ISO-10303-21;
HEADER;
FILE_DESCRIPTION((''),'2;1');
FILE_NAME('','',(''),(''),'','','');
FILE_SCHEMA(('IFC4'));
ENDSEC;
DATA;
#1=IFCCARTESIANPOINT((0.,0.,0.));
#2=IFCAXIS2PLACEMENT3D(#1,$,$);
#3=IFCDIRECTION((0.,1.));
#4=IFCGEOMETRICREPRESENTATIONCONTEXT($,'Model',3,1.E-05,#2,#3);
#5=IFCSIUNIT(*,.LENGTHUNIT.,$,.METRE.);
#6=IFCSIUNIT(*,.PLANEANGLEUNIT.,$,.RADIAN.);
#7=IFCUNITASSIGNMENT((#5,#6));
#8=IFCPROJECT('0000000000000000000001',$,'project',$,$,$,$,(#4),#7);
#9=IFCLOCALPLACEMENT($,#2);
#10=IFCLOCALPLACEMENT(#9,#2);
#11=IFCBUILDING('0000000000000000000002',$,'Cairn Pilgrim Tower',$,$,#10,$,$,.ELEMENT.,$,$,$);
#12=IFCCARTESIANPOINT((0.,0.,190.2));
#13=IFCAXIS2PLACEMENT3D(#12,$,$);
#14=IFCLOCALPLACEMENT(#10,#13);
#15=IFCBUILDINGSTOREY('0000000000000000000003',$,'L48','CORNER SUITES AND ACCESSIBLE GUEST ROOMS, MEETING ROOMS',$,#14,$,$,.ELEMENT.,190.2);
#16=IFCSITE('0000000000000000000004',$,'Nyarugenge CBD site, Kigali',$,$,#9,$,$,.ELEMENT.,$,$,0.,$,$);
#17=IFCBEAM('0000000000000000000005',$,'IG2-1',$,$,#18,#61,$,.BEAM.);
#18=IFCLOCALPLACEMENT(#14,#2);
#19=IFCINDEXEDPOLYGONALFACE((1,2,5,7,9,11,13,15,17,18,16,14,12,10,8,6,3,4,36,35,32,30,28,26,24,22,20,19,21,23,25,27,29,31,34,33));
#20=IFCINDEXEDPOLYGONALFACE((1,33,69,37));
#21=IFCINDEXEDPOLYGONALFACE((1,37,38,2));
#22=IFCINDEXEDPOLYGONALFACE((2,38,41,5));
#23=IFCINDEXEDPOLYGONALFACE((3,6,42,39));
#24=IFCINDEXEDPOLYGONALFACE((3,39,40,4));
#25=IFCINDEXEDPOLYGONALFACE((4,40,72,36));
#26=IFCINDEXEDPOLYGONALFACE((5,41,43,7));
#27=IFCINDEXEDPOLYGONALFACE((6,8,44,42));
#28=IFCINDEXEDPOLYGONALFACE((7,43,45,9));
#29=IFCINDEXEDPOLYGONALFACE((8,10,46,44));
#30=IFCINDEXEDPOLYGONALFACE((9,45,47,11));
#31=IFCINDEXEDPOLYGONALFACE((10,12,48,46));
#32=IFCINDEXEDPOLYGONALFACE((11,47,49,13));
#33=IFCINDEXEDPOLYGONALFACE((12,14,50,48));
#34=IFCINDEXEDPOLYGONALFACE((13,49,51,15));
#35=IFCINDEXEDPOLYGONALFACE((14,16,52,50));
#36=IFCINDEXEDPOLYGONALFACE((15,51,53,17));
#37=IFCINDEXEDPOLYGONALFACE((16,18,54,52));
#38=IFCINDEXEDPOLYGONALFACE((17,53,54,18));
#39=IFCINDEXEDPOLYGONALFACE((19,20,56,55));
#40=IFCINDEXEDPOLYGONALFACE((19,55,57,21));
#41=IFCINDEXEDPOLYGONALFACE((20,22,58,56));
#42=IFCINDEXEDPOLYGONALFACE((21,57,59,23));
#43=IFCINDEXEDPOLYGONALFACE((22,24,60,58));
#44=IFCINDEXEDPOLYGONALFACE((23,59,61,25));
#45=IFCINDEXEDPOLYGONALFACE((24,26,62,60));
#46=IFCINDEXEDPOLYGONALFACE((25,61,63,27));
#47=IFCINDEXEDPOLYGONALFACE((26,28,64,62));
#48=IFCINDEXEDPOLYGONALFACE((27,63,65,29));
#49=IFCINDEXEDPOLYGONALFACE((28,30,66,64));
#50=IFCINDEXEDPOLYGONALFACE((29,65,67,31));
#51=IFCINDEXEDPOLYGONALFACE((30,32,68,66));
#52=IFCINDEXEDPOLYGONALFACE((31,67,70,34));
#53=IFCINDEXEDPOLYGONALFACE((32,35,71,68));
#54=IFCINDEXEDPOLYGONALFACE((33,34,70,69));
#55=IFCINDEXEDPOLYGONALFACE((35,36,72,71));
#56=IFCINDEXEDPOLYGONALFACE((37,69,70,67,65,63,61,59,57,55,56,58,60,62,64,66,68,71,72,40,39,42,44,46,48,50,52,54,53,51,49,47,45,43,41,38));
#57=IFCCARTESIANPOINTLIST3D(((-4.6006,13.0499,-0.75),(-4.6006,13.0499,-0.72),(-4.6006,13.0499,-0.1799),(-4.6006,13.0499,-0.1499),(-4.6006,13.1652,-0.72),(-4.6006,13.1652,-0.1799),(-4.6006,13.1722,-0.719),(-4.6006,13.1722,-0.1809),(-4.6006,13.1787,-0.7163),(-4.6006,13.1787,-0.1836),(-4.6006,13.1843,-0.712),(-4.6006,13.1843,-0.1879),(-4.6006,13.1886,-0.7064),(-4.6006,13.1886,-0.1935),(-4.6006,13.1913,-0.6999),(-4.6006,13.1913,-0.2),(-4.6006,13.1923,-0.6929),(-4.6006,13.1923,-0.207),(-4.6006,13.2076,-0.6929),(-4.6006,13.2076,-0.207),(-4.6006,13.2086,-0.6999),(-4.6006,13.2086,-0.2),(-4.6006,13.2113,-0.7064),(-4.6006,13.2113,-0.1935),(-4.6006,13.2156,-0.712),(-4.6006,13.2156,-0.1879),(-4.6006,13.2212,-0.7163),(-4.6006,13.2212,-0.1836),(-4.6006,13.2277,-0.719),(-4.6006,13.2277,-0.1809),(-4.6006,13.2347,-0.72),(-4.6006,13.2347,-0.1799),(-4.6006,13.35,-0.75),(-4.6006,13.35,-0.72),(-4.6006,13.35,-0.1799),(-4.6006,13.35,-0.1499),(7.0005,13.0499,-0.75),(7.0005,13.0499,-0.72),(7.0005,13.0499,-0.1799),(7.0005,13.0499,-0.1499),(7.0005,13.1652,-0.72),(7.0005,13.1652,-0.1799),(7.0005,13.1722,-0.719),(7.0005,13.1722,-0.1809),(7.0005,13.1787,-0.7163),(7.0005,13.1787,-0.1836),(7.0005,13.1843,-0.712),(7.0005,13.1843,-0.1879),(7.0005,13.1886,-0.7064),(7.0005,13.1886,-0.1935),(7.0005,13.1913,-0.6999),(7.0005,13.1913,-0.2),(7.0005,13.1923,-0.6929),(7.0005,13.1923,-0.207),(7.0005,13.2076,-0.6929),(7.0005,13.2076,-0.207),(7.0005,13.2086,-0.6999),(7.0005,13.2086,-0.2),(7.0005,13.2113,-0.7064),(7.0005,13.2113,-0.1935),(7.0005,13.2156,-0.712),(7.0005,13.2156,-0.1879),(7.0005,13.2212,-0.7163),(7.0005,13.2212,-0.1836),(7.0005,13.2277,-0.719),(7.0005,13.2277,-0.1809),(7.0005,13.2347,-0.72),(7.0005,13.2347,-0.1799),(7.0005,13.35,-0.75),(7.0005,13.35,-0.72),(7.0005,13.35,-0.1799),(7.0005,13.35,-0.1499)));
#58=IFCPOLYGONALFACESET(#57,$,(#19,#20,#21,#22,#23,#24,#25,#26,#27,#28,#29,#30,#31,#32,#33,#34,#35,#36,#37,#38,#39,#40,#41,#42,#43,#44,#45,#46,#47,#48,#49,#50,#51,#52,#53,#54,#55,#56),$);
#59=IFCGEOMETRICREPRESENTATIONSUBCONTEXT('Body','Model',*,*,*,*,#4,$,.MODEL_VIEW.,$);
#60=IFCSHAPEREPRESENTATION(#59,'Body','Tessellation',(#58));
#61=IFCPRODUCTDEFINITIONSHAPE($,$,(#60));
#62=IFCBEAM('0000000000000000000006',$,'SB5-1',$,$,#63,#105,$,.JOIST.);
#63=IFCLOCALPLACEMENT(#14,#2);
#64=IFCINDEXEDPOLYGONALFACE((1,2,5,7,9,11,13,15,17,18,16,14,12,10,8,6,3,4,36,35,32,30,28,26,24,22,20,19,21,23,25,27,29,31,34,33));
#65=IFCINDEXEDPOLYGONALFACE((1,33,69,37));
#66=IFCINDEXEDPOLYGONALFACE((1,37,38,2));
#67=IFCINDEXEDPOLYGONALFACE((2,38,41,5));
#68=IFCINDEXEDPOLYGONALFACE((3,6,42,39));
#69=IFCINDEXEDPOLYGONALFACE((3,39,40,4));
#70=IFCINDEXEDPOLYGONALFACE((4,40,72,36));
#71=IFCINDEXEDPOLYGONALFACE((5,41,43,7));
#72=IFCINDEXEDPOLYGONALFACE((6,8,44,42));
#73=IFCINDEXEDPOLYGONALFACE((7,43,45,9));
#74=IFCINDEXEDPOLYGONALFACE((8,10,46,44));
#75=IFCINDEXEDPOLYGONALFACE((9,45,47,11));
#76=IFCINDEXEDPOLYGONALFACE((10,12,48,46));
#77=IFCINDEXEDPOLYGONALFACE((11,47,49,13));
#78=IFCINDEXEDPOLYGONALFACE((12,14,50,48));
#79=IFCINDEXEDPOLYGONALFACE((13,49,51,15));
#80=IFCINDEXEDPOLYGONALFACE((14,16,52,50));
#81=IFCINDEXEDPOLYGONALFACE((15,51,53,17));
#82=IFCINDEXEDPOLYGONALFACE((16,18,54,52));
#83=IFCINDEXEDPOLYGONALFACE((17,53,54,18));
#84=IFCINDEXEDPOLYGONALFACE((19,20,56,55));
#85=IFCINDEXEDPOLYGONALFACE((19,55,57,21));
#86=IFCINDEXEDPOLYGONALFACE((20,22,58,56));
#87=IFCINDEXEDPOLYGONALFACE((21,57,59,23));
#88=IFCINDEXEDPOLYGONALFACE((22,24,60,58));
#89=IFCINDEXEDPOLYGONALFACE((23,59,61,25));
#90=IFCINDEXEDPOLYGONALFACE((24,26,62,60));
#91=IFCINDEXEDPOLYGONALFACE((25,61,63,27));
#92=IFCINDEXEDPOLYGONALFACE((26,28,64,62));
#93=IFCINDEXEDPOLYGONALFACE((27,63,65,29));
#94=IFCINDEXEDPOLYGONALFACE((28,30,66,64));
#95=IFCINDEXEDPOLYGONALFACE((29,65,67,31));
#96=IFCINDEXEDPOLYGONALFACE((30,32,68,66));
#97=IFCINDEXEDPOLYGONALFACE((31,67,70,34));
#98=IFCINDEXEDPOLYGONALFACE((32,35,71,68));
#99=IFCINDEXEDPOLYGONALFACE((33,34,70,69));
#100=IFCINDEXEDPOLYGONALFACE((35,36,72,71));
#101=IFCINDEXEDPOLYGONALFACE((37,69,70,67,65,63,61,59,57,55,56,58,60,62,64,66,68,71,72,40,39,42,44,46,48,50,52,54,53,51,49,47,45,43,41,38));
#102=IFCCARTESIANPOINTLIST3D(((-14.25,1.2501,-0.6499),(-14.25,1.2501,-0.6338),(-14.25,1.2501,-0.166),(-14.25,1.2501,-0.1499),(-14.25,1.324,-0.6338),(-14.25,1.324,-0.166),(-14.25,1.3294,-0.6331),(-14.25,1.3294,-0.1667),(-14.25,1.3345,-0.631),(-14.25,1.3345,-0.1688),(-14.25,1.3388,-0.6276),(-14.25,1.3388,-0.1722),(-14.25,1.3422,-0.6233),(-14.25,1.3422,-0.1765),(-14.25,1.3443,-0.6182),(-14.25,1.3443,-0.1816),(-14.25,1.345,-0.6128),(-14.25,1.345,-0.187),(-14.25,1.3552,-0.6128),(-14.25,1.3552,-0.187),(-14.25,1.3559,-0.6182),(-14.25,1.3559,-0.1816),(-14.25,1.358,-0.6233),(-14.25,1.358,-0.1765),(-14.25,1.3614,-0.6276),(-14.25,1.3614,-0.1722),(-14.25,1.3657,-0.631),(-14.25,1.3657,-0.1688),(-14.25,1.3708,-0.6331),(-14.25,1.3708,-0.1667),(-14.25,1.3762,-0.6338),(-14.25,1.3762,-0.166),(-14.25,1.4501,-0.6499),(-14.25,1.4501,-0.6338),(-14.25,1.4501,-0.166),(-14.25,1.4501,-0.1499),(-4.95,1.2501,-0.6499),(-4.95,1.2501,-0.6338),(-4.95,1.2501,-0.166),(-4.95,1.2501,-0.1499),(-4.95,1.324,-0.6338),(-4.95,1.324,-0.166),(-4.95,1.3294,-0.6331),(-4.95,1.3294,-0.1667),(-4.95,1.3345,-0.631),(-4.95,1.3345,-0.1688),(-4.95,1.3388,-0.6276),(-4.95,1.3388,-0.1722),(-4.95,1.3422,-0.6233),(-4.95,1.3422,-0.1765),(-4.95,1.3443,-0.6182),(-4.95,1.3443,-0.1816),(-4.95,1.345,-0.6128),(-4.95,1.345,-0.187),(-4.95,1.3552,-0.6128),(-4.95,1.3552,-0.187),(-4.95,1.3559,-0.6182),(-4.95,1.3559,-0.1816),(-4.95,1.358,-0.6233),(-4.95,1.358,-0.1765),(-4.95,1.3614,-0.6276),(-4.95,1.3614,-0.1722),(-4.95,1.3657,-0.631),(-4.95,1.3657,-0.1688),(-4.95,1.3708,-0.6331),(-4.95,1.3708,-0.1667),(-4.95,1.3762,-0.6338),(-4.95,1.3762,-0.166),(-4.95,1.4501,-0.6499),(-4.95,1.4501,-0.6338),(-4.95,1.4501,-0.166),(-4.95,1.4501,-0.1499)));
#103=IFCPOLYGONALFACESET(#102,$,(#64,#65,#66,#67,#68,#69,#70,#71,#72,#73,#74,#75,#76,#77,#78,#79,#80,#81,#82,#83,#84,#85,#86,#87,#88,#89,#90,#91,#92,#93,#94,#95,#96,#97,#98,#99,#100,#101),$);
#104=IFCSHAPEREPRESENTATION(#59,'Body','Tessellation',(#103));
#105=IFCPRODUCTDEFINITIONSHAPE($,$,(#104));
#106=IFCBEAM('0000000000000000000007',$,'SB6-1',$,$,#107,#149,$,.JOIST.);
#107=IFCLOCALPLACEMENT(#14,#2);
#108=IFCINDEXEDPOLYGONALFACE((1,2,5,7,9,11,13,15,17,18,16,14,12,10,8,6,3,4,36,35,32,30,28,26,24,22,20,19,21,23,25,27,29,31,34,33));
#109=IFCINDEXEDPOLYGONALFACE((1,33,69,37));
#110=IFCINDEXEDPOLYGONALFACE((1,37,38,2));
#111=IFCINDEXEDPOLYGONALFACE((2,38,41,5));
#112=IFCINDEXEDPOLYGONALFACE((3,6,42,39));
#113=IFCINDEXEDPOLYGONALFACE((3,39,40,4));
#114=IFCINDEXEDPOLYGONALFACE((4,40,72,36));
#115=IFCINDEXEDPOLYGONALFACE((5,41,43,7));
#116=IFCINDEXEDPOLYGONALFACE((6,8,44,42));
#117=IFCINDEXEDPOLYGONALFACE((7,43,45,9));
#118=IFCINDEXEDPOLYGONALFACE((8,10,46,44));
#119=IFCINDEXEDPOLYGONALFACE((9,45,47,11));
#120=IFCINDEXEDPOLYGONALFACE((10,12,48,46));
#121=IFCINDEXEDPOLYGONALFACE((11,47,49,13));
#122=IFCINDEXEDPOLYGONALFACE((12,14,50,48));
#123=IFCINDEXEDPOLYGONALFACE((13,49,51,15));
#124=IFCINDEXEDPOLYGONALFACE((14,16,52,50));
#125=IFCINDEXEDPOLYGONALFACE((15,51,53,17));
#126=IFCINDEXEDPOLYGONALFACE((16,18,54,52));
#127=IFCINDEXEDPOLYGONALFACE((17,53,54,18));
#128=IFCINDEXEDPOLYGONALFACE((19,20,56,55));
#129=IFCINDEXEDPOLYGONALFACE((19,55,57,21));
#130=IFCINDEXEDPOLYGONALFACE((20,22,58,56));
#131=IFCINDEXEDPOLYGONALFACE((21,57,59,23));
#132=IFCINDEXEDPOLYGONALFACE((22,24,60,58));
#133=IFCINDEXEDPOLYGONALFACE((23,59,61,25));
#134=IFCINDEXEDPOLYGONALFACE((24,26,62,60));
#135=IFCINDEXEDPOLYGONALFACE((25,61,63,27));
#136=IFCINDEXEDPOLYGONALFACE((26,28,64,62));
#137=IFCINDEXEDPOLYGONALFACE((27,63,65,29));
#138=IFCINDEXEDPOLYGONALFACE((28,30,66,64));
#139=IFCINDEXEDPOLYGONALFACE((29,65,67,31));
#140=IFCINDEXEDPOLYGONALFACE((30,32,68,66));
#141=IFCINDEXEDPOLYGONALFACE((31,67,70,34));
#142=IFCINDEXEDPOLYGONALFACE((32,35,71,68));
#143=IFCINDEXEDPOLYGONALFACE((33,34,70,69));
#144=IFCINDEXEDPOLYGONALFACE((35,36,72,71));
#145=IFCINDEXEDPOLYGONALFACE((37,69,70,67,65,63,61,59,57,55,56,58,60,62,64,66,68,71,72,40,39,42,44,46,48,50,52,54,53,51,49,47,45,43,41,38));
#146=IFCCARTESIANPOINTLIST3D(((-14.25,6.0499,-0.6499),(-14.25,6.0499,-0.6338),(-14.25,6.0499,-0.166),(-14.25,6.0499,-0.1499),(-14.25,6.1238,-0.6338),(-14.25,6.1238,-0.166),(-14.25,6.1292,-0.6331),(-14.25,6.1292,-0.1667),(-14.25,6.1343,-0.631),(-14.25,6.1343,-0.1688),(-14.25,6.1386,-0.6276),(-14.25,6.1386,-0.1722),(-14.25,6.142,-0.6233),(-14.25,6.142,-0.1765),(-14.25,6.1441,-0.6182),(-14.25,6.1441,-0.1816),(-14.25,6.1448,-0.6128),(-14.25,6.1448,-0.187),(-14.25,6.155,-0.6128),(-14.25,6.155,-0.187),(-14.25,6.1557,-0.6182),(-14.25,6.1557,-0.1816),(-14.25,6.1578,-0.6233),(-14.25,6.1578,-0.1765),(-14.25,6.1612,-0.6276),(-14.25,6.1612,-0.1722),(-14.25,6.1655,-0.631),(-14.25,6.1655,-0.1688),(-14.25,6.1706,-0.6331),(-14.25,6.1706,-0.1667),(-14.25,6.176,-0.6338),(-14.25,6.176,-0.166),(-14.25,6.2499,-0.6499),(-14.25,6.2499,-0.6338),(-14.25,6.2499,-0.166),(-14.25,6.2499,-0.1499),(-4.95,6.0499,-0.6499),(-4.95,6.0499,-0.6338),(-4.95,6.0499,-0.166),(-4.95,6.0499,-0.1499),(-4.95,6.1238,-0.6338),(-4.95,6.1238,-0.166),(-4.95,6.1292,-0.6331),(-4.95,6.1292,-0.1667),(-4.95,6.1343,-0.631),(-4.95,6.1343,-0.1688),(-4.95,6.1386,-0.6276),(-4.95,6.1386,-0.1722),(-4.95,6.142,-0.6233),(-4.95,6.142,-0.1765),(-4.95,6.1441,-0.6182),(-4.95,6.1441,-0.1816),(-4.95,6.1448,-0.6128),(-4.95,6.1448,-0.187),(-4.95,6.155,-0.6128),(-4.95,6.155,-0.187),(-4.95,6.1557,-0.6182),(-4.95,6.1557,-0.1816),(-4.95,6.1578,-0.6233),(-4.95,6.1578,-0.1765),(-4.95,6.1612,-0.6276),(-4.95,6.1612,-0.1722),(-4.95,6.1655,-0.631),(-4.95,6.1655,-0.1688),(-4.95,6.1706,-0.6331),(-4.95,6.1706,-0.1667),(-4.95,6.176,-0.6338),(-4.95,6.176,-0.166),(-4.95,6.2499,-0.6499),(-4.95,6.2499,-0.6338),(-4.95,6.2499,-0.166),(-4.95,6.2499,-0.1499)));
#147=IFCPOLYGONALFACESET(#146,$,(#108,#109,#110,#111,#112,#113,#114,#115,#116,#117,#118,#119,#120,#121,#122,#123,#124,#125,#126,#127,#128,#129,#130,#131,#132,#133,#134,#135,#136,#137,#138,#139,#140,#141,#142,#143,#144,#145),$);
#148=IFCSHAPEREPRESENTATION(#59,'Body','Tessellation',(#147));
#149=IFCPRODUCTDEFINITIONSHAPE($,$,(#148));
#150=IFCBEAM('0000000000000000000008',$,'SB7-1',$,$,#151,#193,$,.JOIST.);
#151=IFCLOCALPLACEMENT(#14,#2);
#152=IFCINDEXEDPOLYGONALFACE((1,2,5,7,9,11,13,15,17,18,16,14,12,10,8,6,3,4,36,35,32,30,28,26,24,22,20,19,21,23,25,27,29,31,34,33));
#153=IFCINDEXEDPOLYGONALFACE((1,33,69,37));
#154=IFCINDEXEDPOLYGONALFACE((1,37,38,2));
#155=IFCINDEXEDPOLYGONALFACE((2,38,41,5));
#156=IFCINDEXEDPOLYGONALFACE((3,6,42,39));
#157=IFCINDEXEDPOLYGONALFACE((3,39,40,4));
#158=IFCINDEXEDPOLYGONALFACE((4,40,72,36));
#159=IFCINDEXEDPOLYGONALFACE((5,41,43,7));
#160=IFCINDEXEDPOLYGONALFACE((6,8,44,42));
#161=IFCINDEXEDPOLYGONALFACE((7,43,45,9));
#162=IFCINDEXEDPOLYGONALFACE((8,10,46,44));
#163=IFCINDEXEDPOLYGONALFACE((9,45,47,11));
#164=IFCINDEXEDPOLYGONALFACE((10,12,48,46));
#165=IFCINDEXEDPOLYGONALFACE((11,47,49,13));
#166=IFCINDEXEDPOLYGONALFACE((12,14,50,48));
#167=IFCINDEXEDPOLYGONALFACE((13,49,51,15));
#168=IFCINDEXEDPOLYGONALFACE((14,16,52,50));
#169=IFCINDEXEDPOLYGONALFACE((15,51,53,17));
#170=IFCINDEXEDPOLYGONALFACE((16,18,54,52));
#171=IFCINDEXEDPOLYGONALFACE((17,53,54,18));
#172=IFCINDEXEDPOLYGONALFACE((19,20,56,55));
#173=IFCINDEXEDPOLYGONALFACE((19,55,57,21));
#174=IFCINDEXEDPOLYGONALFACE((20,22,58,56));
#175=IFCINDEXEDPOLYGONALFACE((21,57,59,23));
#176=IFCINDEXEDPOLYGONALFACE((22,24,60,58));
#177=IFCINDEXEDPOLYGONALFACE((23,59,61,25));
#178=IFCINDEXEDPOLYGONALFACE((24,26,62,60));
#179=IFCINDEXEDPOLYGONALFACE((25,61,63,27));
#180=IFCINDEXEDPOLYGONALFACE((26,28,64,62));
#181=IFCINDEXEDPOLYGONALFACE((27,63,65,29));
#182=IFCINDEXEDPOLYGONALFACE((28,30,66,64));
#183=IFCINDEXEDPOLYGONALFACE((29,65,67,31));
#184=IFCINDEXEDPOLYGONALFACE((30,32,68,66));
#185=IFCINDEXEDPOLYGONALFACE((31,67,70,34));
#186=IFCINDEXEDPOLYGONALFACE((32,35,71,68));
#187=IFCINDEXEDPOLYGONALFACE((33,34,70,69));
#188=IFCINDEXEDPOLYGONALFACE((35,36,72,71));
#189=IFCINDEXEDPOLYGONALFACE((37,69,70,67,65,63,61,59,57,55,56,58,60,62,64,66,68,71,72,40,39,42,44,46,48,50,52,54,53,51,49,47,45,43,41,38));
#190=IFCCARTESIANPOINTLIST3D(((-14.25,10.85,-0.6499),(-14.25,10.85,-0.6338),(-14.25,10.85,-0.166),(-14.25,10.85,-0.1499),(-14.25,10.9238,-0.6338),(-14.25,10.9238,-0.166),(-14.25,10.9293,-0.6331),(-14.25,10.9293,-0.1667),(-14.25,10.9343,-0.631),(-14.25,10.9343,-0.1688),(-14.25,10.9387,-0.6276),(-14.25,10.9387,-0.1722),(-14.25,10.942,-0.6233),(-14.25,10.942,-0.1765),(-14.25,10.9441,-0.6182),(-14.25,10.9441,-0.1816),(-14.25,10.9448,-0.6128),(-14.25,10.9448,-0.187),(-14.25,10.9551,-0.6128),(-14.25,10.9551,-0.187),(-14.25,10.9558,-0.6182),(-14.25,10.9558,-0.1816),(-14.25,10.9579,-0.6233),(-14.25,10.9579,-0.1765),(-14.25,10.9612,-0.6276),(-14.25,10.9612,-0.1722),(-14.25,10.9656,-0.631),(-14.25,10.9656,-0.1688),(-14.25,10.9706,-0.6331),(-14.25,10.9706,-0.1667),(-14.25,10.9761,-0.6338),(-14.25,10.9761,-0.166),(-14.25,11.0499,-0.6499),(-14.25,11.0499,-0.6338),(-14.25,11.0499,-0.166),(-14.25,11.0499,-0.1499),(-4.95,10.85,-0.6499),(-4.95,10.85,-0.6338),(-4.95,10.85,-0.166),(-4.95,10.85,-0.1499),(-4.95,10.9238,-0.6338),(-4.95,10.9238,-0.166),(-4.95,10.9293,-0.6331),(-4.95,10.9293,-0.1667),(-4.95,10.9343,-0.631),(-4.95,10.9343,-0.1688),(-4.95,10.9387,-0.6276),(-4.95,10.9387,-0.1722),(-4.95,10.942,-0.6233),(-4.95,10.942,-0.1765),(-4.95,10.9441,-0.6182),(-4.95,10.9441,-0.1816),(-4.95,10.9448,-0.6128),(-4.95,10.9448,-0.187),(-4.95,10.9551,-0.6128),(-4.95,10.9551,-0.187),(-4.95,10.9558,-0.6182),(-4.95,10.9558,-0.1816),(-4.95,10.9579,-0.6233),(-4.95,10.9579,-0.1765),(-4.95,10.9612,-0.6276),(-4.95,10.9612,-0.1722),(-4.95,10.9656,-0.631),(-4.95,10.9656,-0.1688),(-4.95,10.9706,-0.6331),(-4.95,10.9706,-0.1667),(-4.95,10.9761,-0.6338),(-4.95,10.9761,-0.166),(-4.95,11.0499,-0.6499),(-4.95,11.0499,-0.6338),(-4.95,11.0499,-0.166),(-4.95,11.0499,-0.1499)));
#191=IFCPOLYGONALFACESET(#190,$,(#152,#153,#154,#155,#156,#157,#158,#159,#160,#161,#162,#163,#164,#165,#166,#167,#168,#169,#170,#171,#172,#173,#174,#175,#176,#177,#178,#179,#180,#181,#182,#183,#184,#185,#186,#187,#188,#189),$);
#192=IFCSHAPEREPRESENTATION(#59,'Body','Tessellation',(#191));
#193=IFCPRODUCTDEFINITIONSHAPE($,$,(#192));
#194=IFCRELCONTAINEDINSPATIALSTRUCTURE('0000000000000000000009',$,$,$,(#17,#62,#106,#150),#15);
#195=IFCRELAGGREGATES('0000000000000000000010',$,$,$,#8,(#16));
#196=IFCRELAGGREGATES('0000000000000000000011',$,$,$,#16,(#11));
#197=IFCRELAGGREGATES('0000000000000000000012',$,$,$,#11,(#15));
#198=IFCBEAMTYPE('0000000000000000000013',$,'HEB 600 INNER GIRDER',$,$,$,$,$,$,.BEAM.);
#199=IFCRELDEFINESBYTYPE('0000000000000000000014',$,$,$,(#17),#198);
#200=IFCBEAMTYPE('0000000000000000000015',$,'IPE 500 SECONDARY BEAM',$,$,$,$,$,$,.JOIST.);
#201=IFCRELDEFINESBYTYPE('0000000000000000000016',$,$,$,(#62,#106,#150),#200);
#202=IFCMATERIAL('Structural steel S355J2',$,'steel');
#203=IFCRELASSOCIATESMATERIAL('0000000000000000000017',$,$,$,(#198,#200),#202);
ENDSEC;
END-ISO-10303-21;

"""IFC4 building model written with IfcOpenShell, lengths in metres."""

from ifc_helpers import new_model, si_unit, direction, frame, origin, origin_2d, place, context, subcontext, project, spatial, i_section, extrude, material, material_profile, profile_set, type_object, element, save


model = new_model("IFC4")

# Units and contexts
model_context = context("Model", 3, precision=1e-05, world=origin(), true_north=direction((0.0, 1.0)))
body_context = subcontext(model_context, "Body", "Model", "MODEL_VIEW")
ifc_project = project(units=[si_unit("LENGTHUNIT", "METRE"), si_unit("PLANEANGLEUNIT", "RADIAN")], contexts=[model_context])

# Site, building, storey
site_placement = place(None, origin())
site = spatial("IfcSite", under=ifc_project, at=site_placement, Name="Nyarugenge CBD site, Kigali", CompositionType="ELEMENT", RefElevation=0.0)
building_placement = place(site_placement, origin())
building = spatial("IfcBuilding", under=site, at=building_placement, Name="Cairn Pilgrim Tower", CompositionType="ELEMENT")
storey_placement = place(building_placement, frame((0.0, 0.0, 190.2)))
storey = spatial("IfcBuildingStorey", under=building, at=storey_placement, Name="L48", Description="CORNER SUITES AND ACCESSIBLE GUEST ROOMS, MEETING ROOMS", CompositionType="ELEMENT", Elevation=190.2)

# Shared definitions
ifc_material_1 = material(Name="Structural steel S355J2", Category="steel")

# Beams
ifc_material_profile_1 = material_profile(ifc_material_1, i_section(OverallWidth=0.3, OverallDepth=0.6001, WebThickness=0.0154, FlangeThickness=0.03, FilletRadius=0.0271, at=origin_2d()), Name="HEB 600")
ifc_profile_set_1 = profile_set([ifc_material_profile_1], Name="Structural steel S355J2")
beam_type_1 = type_object("IfcBeamType", Name="HEB 600 INNER GIRDER", PredefinedType="BEAM", material=ifc_profile_set_1)
beam_1_placement = place(storey_placement, frame((-4.6006, 13.2, -0.45), z_axis=(1.0, 0.0, 0.0), x_axis=(0.0, 1.0, 0.0)))
element("IfcBeam", 1, at=beam_1_placement, inside=storey, type_object=beam_type_1, Name="IG2-1", PredefinedType="BEAM", context=body_context, shape_type="SweptSolid", body=[
    extrude(i_section(OverallWidth=0.3, OverallDepth=0.6001, WebThickness=0.0154, FlangeThickness=0.03, FilletRadius=0.0271, at=origin_2d()), origin(), (0.0, 0.0, 1.0), 11.6011),
])
ifc_material_profile_2 = material_profile(ifc_material_1, i_section(OverallWidth=0.2, OverallDepth=0.5, WebThickness=0.0103, FlangeThickness=0.0161, FilletRadius=0.021, at=origin_2d()), Name="IPE 500")
ifc_profile_set_2 = profile_set([ifc_material_profile_2], Name="Structural steel S355J2")
beam_type_2 = type_object("IfcBeamType", Name="IPE 500 SECONDARY BEAM", PredefinedType="JOIST", material=ifc_profile_set_2)
for number, where, z_axis, x_axis, name in (
    (2, (-14.25, 1.3501, -0.3999), (1.0, 0.0, 0.0), (0.0, 1.0, 0.0), "SB5-1"),
    (3, (-14.25, 6.1499, -0.3999), (1.0, 0.0, 0.0), (0.0, 1.0, 0.0), "SB6-1"),
    (4, (-14.25, 10.95, -0.3999), (1.0, 0.0, 0.0), (0.0, 1.0, 0.0), "SB7-1"),
):
    element("IfcBeam", number, at=place(storey_placement, frame(where, z_axis=z_axis, x_axis=x_axis)), inside=storey, type_object=beam_type_2, Name=name, PredefinedType="JOIST", context=body_context, shape_type="SweptSolid", body=[
        extrude(i_section(OverallWidth=0.2, OverallDepth=0.5, WebThickness=0.0103, FlangeThickness=0.0161, FilletRadius=0.021, at=origin_2d()), origin(), (0.0, 0.0, 1.0), 9.3),
    ])

save(model, "model.ifc")
